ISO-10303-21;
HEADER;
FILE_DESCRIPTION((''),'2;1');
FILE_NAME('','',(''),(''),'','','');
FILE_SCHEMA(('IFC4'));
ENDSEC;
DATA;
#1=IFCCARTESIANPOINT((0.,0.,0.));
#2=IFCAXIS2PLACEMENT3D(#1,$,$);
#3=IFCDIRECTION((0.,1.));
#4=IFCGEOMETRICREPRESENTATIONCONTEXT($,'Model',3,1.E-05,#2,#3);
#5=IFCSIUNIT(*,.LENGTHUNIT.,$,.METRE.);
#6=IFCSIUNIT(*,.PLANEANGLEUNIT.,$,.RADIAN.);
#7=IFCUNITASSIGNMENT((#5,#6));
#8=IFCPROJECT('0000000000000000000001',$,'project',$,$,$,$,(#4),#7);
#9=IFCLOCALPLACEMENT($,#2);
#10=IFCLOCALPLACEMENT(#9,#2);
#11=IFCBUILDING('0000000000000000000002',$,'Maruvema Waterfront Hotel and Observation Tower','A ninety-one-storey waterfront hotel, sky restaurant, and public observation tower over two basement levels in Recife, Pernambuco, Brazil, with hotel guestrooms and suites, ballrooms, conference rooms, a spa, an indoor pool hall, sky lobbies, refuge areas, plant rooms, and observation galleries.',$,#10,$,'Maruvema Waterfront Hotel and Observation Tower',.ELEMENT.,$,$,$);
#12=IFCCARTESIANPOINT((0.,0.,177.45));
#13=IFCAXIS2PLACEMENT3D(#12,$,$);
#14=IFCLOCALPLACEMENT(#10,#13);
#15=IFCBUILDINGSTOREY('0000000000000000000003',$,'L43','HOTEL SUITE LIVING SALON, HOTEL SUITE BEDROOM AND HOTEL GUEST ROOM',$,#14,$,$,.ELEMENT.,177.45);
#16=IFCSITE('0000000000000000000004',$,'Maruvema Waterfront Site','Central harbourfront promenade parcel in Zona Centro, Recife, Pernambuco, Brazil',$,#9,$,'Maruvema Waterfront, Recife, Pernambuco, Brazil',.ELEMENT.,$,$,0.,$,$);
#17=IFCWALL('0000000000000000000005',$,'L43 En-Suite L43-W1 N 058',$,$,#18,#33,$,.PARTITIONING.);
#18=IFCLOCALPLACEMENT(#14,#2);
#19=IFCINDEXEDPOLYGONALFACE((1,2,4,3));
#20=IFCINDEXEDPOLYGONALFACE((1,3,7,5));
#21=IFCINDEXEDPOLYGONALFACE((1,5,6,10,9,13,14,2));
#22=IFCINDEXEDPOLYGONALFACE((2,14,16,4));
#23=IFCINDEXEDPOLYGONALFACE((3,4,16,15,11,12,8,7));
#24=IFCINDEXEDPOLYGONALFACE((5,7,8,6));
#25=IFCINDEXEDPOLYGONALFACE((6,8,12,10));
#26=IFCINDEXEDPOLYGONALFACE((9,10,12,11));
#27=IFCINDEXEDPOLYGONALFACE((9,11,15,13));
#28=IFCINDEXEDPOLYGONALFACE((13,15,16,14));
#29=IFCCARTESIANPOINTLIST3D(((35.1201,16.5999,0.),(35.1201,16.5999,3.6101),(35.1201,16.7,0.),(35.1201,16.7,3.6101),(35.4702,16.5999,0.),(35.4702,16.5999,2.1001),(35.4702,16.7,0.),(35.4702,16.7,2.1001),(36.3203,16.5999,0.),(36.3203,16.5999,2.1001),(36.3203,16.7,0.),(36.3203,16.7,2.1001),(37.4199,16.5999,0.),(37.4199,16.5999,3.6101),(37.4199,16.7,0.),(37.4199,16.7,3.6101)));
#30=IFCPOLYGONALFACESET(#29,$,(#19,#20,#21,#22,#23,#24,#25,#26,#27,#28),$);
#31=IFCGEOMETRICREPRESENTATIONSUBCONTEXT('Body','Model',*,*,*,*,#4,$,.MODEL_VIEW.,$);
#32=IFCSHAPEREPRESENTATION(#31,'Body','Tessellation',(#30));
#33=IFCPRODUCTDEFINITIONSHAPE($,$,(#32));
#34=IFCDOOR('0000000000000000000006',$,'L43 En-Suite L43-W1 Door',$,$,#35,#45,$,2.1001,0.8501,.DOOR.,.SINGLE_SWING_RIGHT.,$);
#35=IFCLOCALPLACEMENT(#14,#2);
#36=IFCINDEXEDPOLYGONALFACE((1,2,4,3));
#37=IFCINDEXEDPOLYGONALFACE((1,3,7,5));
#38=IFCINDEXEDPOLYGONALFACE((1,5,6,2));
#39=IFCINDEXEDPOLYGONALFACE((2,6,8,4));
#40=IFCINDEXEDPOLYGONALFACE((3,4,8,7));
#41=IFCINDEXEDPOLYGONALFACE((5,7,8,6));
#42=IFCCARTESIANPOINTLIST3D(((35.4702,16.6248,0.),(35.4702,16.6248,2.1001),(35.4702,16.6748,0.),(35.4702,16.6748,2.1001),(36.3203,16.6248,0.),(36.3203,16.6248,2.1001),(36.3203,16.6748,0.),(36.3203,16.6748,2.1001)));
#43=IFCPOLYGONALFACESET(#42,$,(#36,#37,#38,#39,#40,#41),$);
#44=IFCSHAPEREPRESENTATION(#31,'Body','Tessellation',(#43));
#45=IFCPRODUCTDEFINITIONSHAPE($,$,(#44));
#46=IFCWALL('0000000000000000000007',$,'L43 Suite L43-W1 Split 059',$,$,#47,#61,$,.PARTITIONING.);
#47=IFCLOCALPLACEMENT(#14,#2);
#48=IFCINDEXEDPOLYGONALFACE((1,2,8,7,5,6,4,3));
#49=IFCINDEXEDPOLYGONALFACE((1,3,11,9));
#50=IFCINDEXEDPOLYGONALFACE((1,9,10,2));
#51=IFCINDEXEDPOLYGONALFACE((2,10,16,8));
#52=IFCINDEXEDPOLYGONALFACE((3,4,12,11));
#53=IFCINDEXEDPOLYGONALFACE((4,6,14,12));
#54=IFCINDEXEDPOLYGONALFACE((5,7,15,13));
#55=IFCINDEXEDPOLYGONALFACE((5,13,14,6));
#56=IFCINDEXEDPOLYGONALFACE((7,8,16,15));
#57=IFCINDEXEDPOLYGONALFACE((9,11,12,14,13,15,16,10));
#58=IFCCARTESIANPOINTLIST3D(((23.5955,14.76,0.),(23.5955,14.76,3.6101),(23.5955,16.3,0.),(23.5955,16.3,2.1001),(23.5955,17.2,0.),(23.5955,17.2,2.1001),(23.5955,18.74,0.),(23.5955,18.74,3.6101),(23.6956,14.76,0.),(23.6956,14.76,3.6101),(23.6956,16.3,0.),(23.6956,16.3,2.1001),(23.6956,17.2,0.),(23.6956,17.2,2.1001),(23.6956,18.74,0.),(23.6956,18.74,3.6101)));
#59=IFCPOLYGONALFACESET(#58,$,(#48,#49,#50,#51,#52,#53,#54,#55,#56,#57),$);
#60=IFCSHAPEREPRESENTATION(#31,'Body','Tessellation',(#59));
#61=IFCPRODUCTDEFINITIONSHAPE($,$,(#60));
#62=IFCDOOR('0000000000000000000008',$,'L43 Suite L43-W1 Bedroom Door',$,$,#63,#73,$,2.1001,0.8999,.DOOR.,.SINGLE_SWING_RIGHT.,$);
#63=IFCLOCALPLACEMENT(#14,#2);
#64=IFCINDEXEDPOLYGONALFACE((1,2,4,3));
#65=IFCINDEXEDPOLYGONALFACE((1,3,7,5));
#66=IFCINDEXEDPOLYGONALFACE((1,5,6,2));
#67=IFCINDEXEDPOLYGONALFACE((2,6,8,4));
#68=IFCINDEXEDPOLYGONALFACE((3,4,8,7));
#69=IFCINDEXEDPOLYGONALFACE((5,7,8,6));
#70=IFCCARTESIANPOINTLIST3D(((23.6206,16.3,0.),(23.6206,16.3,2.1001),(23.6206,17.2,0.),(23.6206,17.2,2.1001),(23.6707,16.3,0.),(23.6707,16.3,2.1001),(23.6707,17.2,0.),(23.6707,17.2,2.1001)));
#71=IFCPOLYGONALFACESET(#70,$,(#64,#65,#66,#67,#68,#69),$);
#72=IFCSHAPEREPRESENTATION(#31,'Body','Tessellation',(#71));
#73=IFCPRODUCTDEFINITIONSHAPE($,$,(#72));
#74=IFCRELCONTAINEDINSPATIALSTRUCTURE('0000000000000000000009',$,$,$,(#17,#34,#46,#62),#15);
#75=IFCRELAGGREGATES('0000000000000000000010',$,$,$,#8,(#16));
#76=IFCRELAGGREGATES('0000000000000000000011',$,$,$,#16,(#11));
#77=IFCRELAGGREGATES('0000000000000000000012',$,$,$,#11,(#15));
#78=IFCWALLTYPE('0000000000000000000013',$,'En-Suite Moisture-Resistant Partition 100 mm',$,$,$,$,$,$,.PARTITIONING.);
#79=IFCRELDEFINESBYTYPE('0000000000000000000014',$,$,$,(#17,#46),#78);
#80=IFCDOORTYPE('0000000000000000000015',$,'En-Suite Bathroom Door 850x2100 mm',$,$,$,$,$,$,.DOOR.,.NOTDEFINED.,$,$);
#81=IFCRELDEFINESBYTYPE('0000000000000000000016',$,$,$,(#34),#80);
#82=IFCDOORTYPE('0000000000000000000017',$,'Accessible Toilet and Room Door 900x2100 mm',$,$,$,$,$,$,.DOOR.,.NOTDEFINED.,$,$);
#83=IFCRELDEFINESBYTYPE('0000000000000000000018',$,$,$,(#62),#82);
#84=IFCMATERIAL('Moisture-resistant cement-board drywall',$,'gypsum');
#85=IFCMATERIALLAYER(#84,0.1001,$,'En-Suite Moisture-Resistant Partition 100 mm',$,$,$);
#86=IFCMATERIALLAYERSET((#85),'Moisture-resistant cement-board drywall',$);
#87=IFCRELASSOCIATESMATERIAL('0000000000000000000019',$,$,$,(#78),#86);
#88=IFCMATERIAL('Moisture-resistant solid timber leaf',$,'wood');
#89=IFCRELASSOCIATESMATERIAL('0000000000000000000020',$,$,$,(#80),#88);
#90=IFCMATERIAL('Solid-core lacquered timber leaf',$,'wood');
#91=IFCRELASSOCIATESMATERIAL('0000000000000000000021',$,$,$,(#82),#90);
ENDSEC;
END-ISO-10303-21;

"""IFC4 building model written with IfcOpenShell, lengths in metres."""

from ifc_helpers import new_model, si_unit, direction, frame, frame_2d, origin, place, context, subcontext, project, spatial, rectangle, extrude, material, layer, layer_set, type_object, element, fill, save


model = new_model("IFC4")

# Units and contexts
model_context = context("Model", 3, precision=1e-05, world=origin(), true_north=direction((0.0, 1.0)))
body_context = subcontext(model_context, "Body", "Model", "MODEL_VIEW")
ifc_project = project(units=[si_unit("LENGTHUNIT", "METRE"), si_unit("PLANEANGLEUNIT", "RADIAN")], contexts=[model_context])

# Site, building, storey
site_placement = place(None, origin())
site = spatial("IfcSite", under=ifc_project, at=site_placement, Name="Maruvema Waterfront Site", Description="Central harbourfront promenade parcel in Zona Centro, Recife, Pernambuco, Brazil", LongName="Maruvema Waterfront, Recife, Pernambuco, Brazil", CompositionType="ELEMENT", RefElevation=0.0)
building_placement = place(site_placement, origin())
building = spatial("IfcBuilding", under=site, at=building_placement, Name="Maruvema Waterfront Hotel and Observation Tower", Description="A ninety-one-storey waterfront hotel, sky restaurant, and public observation tower over two basement levels in Recife, Pernambuco, Brazil, with hotel guestrooms and suites, ballrooms, conference rooms, a spa, an indoor pool hall, sky lobbies, refuge areas, plant rooms, and observation galleries.", LongName="Maruvema Waterfront Hotel and Observation Tower", CompositionType="ELEMENT")
storey_placement = place(building_placement, frame((0.0, 0.0, 177.45)))
storey = spatial("IfcBuildingStorey", under=building, at=storey_placement, Name="L43", Description="HOTEL SUITE LIVING SALON, HOTEL SUITE BEDROOM AND HOTEL GUEST ROOM", CompositionType="ELEMENT", Elevation=177.45)

# Shared definitions
ifc_material_1 = material(Name="Moisture-resistant cement-board drywall", Category="gypsum")
ifc_layer_1 = layer(ifc_material_1, 0.1001, Name="En-Suite Moisture-Resistant Partition 100 mm")
ifc_layer_set_1 = layer_set([ifc_layer_1], Name="Moisture-resistant cement-board drywall")
wall_type_1 = type_object("IfcWallType", Name="En-Suite Moisture-Resistant Partition 100 mm", PredefinedType="PARTITIONING", material=ifc_layer_set_1)
ifc_material_2 = material(Name="Moisture-resistant solid timber leaf", Category="wood")
door_type_1 = type_object("IfcDoorType", Name="En-Suite Bathroom Door 850x2100 mm", OperationType="NOTDEFINED", PredefinedType="DOOR", material=ifc_material_2)

# Walls, openings, doors
wall_1_placement = place(storey_placement, frame((35.1201, 16.6499, 0.0), z_axis=(0.0, 0.0, 1.0), x_axis=(1.0, 0.0, 0.0)))
wall_1 = element("IfcWall", 1, at=wall_1_placement, inside=storey, type_object=wall_type_1, Name="L43 En-Suite L43-W1 N 058", PredefinedType="PARTITIONING", context=body_context, shape_type="SweptSolid", body=[
    extrude(rectangle(XDim=2.2998, YDim=0.1001, at=frame_2d((1.1499, 0.0))), origin(), (0.0, 0.0, 1.0), 3.6101),
])
opening_1_placement = place(wall_1_placement, frame((0.3501, 0.0, 0.0)))
opening_1 = element("IfcOpeningElement", 2, at=opening_1_placement, cuts=wall_1, PredefinedType="OPENING", context=body_context, shape_type="SweptSolid", body=[
    extrude(rectangle(XDim=0.8501, YDim=2.1001, at=frame_2d((0.425, 1.05))), frame((0.0, 0.0601, 0.0), z_axis=(0.0, -1.0, 0.0), x_axis=(1.0, 0.0, 0.0)), (0.0, 0.0, 1.0), 0.1201),
])
door_1_placement = place(opening_1_placement, origin())
door_1 = element("IfcDoor", 3, at=door_1_placement, inside=storey, type_object=door_type_1, Name="L43 En-Suite L43-W1 Door", OperationType="SINGLE_SWING_RIGHT", OverallHeight=2.1001, OverallWidth=0.8501, PredefinedType="DOOR", context=body_context, shape_type="SweptSolid", body=[
    extrude(rectangle(XDim=0.8501, YDim=2.1001, at=frame_2d((0.425, 1.05))), frame((0.0, 0.0249, 0.0), z_axis=(0.0, -1.0, 0.0), x_axis=(1.0, 0.0, 0.0)), (0.0, 0.0, 1.0), 0.05),
])
fill(opening_1, door_1)
wall_2_placement = place(storey_placement, frame((23.6455, 14.76, 0.0), z_axis=(0.0, 0.0, 1.0), x_axis=(0.0, 1.0, 0.0)))
wall_2 = element("IfcWall", 4, at=wall_2_placement, inside=storey, type_object=wall_type_1, Name="L43 Suite L43-W1 Split 059", PredefinedType="PARTITIONING", context=body_context, shape_type="SweptSolid", body=[
    extrude(rectangle(XDim=3.98, YDim=0.1001, at=frame_2d((1.99, 0.0))), origin(), (0.0, 0.0, 1.0), 3.6101),
])
opening_2_placement = place(wall_2_placement, frame((1.54, 0.0, 0.0)))
opening_2 = element("IfcOpeningElement", 5, at=opening_2_placement, cuts=wall_2, PredefinedType="OPENING", context=body_context, shape_type="SweptSolid", body=[
    extrude(rectangle(XDim=0.8999, YDim=2.1001, at=frame_2d((0.45, 1.05))), frame((0.0, 0.0601, 0.0), z_axis=(0.0, -1.0, 0.0), x_axis=(1.0, 0.0, 0.0)), (0.0, 0.0, 1.0), 0.1201),
])
ifc_material_3 = material(Name="Solid-core lacquered timber leaf", Category="wood")
door_type_2 = type_object("IfcDoorType", Name="Accessible Toilet and Room Door 900x2100 mm", OperationType="NOTDEFINED", PredefinedType="DOOR", material=ifc_material_3)
door_2_placement = place(opening_2_placement, origin())
door_2 = element("IfcDoor", 6, at=door_2_placement, inside=storey, type_object=door_type_2, Name="L43 Suite L43-W1 Bedroom Door", OperationType="SINGLE_SWING_RIGHT", OverallHeight=2.1001, OverallWidth=0.8999, PredefinedType="DOOR", context=body_context, shape_type="SweptSolid", body=[
    extrude(rectangle(XDim=0.8999, YDim=2.1001, at=frame_2d((0.45, 1.05))), frame((0.0, 0.0249, 0.0), z_axis=(0.0, -1.0, 0.0), x_axis=(1.0, 0.0, 0.0)), (0.0, 0.0, 1.0), 0.05),
])
fill(opening_2, door_2)

save(model, "model.ifc")
